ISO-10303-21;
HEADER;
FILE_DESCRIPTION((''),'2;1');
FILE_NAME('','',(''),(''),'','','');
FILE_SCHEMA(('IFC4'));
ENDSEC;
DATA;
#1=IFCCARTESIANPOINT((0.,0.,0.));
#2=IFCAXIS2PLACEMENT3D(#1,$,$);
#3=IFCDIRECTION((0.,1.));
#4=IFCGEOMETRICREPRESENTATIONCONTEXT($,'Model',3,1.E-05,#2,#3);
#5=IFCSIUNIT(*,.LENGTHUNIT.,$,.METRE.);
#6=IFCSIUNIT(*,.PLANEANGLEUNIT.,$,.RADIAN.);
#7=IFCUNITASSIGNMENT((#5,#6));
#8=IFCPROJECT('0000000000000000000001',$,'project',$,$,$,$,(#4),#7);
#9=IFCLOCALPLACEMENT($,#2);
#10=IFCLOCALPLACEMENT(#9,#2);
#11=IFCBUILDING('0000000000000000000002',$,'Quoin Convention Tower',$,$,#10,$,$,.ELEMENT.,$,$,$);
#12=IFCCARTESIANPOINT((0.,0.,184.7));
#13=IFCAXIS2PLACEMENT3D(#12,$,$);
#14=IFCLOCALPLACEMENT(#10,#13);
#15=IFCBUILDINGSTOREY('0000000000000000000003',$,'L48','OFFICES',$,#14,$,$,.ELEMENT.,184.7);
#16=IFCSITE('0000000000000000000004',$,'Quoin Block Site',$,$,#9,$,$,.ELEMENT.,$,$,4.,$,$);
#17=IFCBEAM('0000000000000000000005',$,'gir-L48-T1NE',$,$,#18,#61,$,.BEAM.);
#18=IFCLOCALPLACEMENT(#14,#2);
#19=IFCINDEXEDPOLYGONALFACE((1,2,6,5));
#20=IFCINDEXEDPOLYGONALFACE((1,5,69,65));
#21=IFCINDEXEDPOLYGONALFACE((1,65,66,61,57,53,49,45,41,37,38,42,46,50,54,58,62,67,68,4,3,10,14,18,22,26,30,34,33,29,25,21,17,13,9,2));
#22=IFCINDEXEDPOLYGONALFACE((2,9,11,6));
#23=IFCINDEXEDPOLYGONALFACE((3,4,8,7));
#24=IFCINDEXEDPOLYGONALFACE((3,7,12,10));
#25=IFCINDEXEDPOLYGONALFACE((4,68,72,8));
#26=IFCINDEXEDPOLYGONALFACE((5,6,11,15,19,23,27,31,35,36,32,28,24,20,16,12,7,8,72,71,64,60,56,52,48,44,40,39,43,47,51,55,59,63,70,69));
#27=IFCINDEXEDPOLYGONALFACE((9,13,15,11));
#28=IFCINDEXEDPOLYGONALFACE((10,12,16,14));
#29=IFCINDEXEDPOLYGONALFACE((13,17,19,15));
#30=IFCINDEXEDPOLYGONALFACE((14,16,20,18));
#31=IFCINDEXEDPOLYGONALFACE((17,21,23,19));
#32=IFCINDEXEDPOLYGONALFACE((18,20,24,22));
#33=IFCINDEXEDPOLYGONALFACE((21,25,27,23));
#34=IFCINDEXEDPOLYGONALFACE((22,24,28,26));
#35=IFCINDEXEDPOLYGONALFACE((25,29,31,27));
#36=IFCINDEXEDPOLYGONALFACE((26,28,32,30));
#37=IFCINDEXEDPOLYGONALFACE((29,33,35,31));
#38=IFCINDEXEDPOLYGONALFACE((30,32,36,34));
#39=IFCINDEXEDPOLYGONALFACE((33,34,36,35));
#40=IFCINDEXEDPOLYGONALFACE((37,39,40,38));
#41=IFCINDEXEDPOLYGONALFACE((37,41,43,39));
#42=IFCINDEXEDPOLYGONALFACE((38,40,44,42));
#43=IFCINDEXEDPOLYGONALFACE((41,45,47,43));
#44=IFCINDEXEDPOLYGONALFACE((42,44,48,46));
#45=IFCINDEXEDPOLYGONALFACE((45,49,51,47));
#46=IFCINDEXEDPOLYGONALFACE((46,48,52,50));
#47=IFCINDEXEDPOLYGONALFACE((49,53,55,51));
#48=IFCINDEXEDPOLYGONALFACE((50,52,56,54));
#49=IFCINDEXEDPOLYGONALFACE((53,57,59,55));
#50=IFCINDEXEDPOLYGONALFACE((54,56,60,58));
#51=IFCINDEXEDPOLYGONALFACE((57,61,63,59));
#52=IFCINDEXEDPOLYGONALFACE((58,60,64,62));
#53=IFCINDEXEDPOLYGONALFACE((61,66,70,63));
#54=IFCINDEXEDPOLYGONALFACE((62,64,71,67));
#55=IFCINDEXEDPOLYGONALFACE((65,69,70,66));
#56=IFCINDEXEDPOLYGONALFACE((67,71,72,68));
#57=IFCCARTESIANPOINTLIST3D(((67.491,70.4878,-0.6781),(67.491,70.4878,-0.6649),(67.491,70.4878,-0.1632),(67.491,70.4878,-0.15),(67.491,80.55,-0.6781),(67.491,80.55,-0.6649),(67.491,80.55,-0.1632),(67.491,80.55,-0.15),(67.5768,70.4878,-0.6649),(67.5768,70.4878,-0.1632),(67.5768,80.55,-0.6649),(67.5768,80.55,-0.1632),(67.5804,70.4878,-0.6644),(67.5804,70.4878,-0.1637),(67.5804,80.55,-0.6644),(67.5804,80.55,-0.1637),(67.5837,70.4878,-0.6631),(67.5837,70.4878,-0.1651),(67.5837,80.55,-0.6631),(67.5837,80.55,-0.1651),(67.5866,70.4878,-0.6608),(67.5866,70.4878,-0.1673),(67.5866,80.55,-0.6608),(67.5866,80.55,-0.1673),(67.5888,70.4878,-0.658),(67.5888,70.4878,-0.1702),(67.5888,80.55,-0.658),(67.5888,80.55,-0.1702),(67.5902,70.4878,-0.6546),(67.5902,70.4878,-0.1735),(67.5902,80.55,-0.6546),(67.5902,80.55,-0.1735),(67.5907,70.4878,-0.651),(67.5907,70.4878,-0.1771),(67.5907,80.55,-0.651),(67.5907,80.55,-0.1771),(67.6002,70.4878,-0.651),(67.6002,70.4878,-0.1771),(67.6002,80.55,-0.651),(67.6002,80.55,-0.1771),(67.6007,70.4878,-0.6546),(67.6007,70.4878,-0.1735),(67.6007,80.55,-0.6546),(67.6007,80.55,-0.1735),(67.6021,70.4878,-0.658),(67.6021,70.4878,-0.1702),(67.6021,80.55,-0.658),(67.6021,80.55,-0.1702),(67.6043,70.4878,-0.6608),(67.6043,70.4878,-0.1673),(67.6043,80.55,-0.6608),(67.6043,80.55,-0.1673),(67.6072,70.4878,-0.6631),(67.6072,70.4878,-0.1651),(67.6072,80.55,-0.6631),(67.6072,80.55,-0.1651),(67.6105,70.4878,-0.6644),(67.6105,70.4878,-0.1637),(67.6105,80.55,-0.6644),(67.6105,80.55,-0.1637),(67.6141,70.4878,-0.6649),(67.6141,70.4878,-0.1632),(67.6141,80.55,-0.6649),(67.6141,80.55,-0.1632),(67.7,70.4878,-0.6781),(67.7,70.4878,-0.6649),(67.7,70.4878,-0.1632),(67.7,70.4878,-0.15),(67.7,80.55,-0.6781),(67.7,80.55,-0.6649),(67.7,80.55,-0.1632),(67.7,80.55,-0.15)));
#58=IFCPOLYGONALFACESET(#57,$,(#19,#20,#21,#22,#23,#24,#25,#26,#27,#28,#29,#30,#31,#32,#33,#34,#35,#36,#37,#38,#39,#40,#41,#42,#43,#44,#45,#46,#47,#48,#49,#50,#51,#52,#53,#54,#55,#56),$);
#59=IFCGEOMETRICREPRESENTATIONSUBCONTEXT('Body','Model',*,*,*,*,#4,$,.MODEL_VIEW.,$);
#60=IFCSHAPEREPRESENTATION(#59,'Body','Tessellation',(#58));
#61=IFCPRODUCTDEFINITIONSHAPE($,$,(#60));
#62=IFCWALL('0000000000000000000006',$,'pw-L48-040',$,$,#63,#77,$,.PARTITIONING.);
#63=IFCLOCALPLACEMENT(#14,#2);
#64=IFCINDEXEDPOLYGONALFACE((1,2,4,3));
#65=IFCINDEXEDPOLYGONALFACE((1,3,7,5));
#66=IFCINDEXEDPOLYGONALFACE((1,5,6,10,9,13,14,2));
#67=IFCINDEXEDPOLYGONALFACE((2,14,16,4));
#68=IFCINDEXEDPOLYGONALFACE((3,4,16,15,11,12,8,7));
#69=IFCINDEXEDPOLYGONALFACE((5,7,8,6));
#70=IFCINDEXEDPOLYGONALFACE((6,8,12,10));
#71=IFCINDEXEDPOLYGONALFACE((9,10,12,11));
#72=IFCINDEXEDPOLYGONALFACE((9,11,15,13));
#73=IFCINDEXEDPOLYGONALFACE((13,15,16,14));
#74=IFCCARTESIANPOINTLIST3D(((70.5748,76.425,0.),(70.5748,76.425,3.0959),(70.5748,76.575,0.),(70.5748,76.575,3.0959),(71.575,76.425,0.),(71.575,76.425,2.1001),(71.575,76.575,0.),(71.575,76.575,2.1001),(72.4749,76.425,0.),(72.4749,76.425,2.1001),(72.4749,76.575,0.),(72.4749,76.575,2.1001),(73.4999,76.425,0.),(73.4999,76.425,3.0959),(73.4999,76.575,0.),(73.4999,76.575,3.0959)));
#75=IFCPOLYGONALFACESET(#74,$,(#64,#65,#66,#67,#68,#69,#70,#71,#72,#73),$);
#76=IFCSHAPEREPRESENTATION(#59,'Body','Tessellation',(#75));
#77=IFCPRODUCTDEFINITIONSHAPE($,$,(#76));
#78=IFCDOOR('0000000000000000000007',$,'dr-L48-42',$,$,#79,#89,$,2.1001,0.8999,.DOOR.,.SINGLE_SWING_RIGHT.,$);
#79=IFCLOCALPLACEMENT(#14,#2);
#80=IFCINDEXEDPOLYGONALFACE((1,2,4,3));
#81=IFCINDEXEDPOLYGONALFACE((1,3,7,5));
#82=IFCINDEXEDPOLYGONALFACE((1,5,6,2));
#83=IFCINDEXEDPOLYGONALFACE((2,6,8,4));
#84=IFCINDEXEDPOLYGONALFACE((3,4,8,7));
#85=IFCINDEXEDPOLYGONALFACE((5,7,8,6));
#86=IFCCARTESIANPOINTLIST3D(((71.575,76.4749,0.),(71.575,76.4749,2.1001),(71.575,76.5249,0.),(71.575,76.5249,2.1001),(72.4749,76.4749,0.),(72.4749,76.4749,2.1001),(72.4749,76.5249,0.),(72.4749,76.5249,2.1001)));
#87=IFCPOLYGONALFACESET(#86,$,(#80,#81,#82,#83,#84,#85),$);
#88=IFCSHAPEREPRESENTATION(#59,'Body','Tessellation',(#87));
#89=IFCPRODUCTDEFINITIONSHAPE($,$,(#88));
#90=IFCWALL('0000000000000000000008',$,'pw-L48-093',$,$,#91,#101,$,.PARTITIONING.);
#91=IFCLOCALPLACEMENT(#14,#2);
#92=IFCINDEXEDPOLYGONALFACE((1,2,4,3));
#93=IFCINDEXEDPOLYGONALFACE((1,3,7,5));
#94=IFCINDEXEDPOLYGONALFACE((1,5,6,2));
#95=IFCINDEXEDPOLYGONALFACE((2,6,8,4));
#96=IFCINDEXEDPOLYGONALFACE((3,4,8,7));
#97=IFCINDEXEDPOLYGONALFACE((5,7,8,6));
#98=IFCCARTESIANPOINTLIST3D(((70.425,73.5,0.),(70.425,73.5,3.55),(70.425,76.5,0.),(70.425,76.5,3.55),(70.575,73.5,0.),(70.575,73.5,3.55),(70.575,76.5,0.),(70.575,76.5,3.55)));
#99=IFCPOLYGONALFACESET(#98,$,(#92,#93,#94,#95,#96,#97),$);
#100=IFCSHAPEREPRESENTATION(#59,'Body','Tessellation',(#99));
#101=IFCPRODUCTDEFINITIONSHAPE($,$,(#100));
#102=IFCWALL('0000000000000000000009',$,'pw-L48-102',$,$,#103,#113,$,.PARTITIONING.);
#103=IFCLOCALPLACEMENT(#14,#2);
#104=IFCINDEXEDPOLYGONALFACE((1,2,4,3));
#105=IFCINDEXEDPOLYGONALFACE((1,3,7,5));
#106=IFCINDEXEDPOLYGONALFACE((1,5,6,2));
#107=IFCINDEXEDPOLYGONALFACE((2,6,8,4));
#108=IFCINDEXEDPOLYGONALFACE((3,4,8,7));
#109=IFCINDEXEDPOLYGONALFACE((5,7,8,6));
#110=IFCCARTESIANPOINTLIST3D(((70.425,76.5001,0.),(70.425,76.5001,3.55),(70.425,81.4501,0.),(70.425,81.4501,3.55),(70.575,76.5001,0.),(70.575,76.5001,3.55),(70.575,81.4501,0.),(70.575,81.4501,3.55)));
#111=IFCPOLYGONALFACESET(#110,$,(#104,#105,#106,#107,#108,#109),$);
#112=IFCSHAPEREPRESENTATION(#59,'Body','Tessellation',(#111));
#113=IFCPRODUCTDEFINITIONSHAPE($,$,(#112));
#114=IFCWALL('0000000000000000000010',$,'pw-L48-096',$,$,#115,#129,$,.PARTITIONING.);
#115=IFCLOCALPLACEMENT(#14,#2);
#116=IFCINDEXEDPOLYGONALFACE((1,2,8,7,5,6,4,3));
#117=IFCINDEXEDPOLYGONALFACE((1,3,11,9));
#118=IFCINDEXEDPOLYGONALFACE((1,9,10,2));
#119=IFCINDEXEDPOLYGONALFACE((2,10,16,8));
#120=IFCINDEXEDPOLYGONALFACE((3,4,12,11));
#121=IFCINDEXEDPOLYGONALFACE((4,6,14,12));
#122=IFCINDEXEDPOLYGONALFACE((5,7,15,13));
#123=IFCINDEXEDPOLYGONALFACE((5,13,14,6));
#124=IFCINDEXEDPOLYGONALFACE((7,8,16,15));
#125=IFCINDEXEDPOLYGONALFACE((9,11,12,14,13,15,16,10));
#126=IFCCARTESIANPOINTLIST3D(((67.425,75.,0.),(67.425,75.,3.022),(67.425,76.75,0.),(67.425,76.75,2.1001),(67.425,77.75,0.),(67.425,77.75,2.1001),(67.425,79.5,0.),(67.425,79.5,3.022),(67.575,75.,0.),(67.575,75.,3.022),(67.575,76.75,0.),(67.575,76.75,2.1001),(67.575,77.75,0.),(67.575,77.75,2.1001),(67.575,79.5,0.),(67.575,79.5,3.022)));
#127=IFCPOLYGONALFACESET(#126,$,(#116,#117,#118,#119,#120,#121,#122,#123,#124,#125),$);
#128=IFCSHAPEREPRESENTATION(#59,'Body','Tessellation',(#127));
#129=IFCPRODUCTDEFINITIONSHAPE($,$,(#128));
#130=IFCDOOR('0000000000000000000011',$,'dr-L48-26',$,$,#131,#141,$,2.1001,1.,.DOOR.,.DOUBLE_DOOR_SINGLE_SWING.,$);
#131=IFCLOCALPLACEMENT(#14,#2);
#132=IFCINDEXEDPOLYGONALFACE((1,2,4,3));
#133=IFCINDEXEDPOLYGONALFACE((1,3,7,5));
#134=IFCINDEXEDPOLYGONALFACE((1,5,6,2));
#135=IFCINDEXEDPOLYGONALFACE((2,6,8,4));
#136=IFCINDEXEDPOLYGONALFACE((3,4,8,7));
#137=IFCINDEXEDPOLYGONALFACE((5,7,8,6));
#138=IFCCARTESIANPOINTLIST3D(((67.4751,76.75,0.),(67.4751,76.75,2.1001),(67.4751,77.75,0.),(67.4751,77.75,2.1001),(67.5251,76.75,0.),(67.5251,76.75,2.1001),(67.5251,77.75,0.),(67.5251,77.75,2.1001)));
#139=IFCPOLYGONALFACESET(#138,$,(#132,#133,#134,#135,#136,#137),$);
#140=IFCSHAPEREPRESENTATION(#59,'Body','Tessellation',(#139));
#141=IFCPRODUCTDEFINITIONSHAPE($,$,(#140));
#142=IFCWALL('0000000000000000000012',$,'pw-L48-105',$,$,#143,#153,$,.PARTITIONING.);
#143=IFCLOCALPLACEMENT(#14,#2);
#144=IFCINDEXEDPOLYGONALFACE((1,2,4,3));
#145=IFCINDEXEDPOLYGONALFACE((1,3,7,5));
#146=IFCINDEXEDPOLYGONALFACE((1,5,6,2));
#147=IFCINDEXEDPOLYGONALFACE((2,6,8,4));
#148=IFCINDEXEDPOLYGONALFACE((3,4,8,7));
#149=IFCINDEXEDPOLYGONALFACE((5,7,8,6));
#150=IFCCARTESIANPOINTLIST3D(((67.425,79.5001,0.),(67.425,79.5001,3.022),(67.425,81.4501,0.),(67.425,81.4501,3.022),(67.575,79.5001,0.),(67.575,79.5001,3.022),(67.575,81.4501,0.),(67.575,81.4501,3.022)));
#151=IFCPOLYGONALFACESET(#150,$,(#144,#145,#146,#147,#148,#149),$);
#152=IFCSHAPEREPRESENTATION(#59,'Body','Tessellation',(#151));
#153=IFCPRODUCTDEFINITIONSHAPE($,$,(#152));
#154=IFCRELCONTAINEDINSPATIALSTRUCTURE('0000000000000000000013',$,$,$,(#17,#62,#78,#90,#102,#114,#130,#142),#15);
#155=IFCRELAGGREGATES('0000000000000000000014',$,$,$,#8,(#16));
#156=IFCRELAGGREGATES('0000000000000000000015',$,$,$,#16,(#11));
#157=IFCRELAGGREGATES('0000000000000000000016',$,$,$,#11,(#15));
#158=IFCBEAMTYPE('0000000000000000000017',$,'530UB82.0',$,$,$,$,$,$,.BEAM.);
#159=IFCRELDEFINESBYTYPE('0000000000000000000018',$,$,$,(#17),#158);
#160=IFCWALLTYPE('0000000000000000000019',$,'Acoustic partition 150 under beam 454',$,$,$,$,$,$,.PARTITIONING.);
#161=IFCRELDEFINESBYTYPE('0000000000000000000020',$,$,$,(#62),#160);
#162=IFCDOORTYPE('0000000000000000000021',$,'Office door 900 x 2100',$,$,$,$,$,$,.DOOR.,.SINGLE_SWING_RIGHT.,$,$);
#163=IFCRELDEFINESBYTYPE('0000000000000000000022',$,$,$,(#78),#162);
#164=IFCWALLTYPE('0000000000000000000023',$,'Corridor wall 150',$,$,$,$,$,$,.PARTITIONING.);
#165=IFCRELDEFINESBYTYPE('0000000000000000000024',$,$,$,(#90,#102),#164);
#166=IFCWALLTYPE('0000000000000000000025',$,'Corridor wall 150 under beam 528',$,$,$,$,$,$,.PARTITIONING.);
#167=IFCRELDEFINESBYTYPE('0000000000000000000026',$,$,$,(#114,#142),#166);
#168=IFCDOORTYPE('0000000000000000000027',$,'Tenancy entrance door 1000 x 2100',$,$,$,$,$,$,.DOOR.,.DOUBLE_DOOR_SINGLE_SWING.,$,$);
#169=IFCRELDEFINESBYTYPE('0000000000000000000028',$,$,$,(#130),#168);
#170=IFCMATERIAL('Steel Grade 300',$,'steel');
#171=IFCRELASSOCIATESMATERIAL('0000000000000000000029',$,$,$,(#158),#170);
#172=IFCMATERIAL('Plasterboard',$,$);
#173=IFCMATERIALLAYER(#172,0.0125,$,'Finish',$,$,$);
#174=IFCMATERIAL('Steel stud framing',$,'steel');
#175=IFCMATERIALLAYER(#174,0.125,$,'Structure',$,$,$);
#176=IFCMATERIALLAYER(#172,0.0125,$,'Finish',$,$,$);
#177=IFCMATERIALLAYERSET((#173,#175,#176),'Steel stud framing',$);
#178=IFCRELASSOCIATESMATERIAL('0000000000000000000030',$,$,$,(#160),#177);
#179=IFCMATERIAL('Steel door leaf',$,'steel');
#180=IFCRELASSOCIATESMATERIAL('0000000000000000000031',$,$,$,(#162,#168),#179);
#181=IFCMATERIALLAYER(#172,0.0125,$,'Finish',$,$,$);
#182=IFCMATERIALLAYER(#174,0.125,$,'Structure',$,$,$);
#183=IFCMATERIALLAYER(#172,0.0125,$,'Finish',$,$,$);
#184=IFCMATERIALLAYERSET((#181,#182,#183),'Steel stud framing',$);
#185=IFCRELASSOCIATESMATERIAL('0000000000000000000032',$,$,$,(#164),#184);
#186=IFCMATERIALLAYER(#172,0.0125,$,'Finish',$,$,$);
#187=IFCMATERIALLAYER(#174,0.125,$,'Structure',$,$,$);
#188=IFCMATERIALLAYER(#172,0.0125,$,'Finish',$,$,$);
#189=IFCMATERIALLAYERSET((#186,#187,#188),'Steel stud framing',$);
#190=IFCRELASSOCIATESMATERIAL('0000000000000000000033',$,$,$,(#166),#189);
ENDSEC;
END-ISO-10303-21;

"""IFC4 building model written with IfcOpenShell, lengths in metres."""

from ifc_helpers import new_model, si_unit, direction, frame, frame_2d, origin, origin_2d, place, context, subcontext, project, spatial, rectangle, i_section, extrude, material, layer, layer_set, material_profile, profile_set, type_object, element, fill, save


model = new_model("IFC4")

# Units and contexts
model_context = context("Model", 3, precision=1e-05, world=origin(), true_north=direction((0.0, 1.0)))
body_context = subcontext(model_context, "Body", "Model", "MODEL_VIEW")
ifc_project = project(units=[si_unit("LENGTHUNIT", "METRE"), si_unit("PLANEANGLEUNIT", "RADIAN")], contexts=[model_context])

# Site, building, storey
site_placement = place(None, origin())
site = spatial("IfcSite", under=ifc_project, at=site_placement, Name="Quoin Block Site", CompositionType="ELEMENT", RefElevation=4.0)
building_placement = place(site_placement, origin())
building = spatial("IfcBuilding", under=site, at=building_placement, Name="Quoin Convention Tower", CompositionType="ELEMENT")
storey_placement = place(building_placement, frame((0.0, 0.0, 184.7)))
storey = spatial("IfcBuildingStorey", under=building, at=storey_placement, Name="L48", Description="OFFICES", CompositionType="ELEMENT", Elevation=184.7)

# Beam
ifc_material_1 = material(Name="Steel Grade 300", Category="steel")
ifc_material_profile_1 = material_profile(ifc_material_1, i_section(OverallWidth=0.209, OverallDepth=0.5281, WebThickness=0.0095, FlangeThickness=0.0132, FilletRadius=0.0139, at=origin_2d()), Name="530UB82.0")
ifc_profile_set_1 = profile_set([ifc_material_profile_1], Name="Steel Grade 300")
beam_type_1 = type_object("IfcBeamType", Name="530UB82.0", PredefinedType="BEAM", material=ifc_profile_set_1)
beam_1_placement = place(storey_placement, frame((67.5955, 80.55, -0.4141), z_axis=(0.0, -1.0, 0.0), x_axis=(1.0, 0.0, 0.0)))
element("IfcBeam", 1, at=beam_1_placement, inside=storey, type_object=beam_type_1, Name="gir-L48-T1NE", PredefinedType="BEAM", context=body_context, shape_type="SweptSolid", body=[
    extrude(i_section(OverallWidth=0.209, OverallDepth=0.5281, WebThickness=0.0095, FlangeThickness=0.0132, FilletRadius=0.0139, at=origin_2d()), origin(), (0.0, 0.0, 1.0), 10.0623),
])

# Wall, opening, door
ifc_material_2 = material(Name="Plasterboard")
ifc_layer_1 = layer(ifc_material_2, 0.0125, Name="Finish")
ifc_material_3 = material(Name="Steel stud framing", Category="steel")
ifc_layer_2 = layer(ifc_material_3, 0.125, Name="Structure")
ifc_layer_3 = layer(ifc_material_2, 0.0125, Name="Finish")
ifc_layer_set_1 = layer_set([ifc_layer_1, ifc_layer_2, ifc_layer_3], Name="Steel stud framing")
wall_type_1 = type_object("IfcWallType", Name="Acoustic partition 150 under beam 454", PredefinedType="PARTITIONING", material=ifc_layer_set_1)
wall_1_placement = place(storey_placement, frame((70.575, 76.5, 0.0), z_axis=(0.0, 0.0, 1.0), x_axis=(1.0, 0.0, 0.0)))
wall_1 = element("IfcWall", 2, at=wall_1_placement, inside=storey, type_object=wall_type_1, Name="pw-L48-040", PredefinedType="PARTITIONING", context=body_context, shape_type="SweptSolid", body=[
    extrude(rectangle(XDim=2.925, YDim=0.1499, at=frame_2d((1.4624, 0.0))), origin(), (0.0, 0.0, 1.0), 3.0959),
])
opening_1_placement = place(wall_1_placement, frame((1.0, 0.0, 0.0)))
opening_1 = element("IfcOpeningElement", 3, at=opening_1_placement, cuts=wall_1, PredefinedType="OPENING", context=body_context, shape_type="SweptSolid", body=[
    extrude(rectangle(XDim=0.8999, YDim=2.1001, at=frame_2d((0.45, 1.05))), frame((0.0, 0.085, 0.0), z_axis=(0.0, -1.0, 0.0), x_axis=(1.0, 0.0, 0.0)), (0.0, 0.0, 1.0), 0.1699),
])
ifc_material_4 = material(Name="Steel door leaf", Category="steel")
door_type_1 = type_object("IfcDoorType", Name="Office door 900 x 2100", OperationType="SINGLE_SWING_RIGHT", PredefinedType="DOOR", material=ifc_material_4)
door_1_placement = place(opening_1_placement, origin())
door_1 = element("IfcDoor", 4, at=door_1_placement, inside=storey, type_object=door_type_1, Name="dr-L48-42", OperationType="SINGLE_SWING_RIGHT", OverallHeight=2.1001, OverallWidth=0.8999, PredefinedType="DOOR", context=body_context, shape_type="SweptSolid", body=[
    extrude(rectangle(XDim=0.8999, YDim=2.1001, at=frame_2d((0.45, 1.05))), frame((0.0, 0.0249, 0.0), z_axis=(0.0, -1.0, 0.0), x_axis=(1.0, 0.0, 0.0)), (0.0, 0.0, 1.0), 0.05),
])
fill(opening_1, door_1)

# Walls
ifc_layer_4 = layer(ifc_material_2, 0.0125, Name="Finish")
ifc_layer_5 = layer(ifc_material_3, 0.125, Name="Structure")
ifc_layer_6 = layer(ifc_material_2, 0.0125, Name="Finish")
ifc_layer_set_2 = layer_set([ifc_layer_4, ifc_layer_5, ifc_layer_6], Name="Steel stud framing")
wall_type_2 = type_object("IfcWallType", Name="Corridor wall 150", PredefinedType="PARTITIONING", material=ifc_layer_set_2)
wall_2_placement = place(storey_placement, frame((70.5, 73.5, 0.0), z_axis=(0.0, 0.0, 1.0), x_axis=(0.0, 1.0, 0.0)))
element("IfcWall", 5, at=wall_2_placement, inside=storey, type_object=wall_type_2, Name="pw-L48-093", PredefinedType="PARTITIONING", context=body_context, shape_type="SweptSolid", body=[
    extrude(rectangle(XDim=3.0, YDim=0.1499, at=frame_2d((1.5, 0.0))), origin(), (0.0, 0.0, 1.0), 3.55),
])
wall_3_placement = place(storey_placement, frame((70.5, 76.5, 0.0), z_axis=(0.0, 0.0, 1.0), x_axis=(0.0, 1.0, 0.0)))
element("IfcWall", 6, at=wall_3_placement, inside=storey, type_object=wall_type_2, Name="pw-L48-102", PredefinedType="PARTITIONING", context=body_context, shape_type="SweptSolid", body=[
    extrude(rectangle(XDim=4.95, YDim=0.1499, at=frame_2d((2.4751, 0.0))), origin(), (0.0, 0.0, 1.0), 3.55),
])

# Wall, opening, door
ifc_layer_7 = layer(ifc_material_2, 0.0125, Name="Finish")
ifc_layer_8 = layer(ifc_material_3, 0.125, Name="Structure")
ifc_layer_9 = layer(ifc_material_2, 0.0125, Name="Finish")
ifc_layer_set_3 = layer_set([ifc_layer_7, ifc_layer_8, ifc_layer_9], Name="Steel stud framing")
wall_type_3 = type_object("IfcWallType", Name="Corridor wall 150 under beam 528", PredefinedType="PARTITIONING", material=ifc_layer_set_3)
wall_4_placement = place(storey_placement, frame((67.5, 75.0, 0.0), z_axis=(0.0, 0.0, 1.0), x_axis=(0.0, 1.0, 0.0)))
wall_4 = element("IfcWall", 7, at=wall_4_placement, inside=storey, type_object=wall_type_3, Name="pw-L48-096", PredefinedType="PARTITIONING", context=body_context, shape_type="SweptSolid", body=[
    extrude(rectangle(XDim=4.5, YDim=0.1499, at=frame_2d((2.25, 0.0))), origin(), (0.0, 0.0, 1.0), 3.022),
])
opening_2_placement = place(wall_4_placement, frame((1.75, 0.0, 0.0)))
opening_2 = element("IfcOpeningElement", 8, at=opening_2_placement, cuts=wall_4, PredefinedType="OPENING", context=body_context, shape_type="SweptSolid", body=[
    extrude(rectangle(XDim=1.0, YDim=2.1001, at=frame_2d((0.5, 1.05))), frame((0.0, 0.085, 0.0), z_axis=(0.0, -1.0, 0.0), x_axis=(1.0, 0.0, 0.0)), (0.0, 0.0, 1.0), 0.1699),
])
door_type_2 = type_object("IfcDoorType", Name="Tenancy entrance door 1000 x 2100", OperationType="DOUBLE_DOOR_SINGLE_SWING", PredefinedType="DOOR", material=ifc_material_4)
door_2_placement = place(opening_2_placement, origin())
door_2 = element("IfcDoor", 9, at=door_2_placement, inside=storey, type_object=door_type_2, Name="dr-L48-26", OperationType="DOUBLE_DOOR_SINGLE_SWING", OverallHeight=2.1001, OverallWidth=1.0, PredefinedType="DOOR", context=body_context, shape_type="SweptSolid", body=[
    extrude(rectangle(XDim=1.0, YDim=2.1001, at=frame_2d((0.5, 1.05))), frame((0.0, 0.0249, 0.0), z_axis=(0.0, -1.0, 0.0), x_axis=(1.0, 0.0, 0.0)), (0.0, 0.0, 1.0), 0.05),
])
fill(opening_2, door_2)

# Wall
wall_5_placement = place(storey_placement, frame((67.5, 79.5, 0.0), z_axis=(0.0, 0.0, 1.0), x_axis=(0.0, 1.0, 0.0)))
element("IfcWall", 10, at=wall_5_placement, inside=storey, type_object=wall_type_3, Name="pw-L48-105", PredefinedType="PARTITIONING", context=body_context, shape_type="SweptSolid", body=[
    extrude(rectangle(XDim=1.95, YDim=0.1499, at=frame_2d((0.9751, 0.0))), origin(), (0.0, 0.0, 1.0), 3.022),
])

save(model, "model.ifc")
